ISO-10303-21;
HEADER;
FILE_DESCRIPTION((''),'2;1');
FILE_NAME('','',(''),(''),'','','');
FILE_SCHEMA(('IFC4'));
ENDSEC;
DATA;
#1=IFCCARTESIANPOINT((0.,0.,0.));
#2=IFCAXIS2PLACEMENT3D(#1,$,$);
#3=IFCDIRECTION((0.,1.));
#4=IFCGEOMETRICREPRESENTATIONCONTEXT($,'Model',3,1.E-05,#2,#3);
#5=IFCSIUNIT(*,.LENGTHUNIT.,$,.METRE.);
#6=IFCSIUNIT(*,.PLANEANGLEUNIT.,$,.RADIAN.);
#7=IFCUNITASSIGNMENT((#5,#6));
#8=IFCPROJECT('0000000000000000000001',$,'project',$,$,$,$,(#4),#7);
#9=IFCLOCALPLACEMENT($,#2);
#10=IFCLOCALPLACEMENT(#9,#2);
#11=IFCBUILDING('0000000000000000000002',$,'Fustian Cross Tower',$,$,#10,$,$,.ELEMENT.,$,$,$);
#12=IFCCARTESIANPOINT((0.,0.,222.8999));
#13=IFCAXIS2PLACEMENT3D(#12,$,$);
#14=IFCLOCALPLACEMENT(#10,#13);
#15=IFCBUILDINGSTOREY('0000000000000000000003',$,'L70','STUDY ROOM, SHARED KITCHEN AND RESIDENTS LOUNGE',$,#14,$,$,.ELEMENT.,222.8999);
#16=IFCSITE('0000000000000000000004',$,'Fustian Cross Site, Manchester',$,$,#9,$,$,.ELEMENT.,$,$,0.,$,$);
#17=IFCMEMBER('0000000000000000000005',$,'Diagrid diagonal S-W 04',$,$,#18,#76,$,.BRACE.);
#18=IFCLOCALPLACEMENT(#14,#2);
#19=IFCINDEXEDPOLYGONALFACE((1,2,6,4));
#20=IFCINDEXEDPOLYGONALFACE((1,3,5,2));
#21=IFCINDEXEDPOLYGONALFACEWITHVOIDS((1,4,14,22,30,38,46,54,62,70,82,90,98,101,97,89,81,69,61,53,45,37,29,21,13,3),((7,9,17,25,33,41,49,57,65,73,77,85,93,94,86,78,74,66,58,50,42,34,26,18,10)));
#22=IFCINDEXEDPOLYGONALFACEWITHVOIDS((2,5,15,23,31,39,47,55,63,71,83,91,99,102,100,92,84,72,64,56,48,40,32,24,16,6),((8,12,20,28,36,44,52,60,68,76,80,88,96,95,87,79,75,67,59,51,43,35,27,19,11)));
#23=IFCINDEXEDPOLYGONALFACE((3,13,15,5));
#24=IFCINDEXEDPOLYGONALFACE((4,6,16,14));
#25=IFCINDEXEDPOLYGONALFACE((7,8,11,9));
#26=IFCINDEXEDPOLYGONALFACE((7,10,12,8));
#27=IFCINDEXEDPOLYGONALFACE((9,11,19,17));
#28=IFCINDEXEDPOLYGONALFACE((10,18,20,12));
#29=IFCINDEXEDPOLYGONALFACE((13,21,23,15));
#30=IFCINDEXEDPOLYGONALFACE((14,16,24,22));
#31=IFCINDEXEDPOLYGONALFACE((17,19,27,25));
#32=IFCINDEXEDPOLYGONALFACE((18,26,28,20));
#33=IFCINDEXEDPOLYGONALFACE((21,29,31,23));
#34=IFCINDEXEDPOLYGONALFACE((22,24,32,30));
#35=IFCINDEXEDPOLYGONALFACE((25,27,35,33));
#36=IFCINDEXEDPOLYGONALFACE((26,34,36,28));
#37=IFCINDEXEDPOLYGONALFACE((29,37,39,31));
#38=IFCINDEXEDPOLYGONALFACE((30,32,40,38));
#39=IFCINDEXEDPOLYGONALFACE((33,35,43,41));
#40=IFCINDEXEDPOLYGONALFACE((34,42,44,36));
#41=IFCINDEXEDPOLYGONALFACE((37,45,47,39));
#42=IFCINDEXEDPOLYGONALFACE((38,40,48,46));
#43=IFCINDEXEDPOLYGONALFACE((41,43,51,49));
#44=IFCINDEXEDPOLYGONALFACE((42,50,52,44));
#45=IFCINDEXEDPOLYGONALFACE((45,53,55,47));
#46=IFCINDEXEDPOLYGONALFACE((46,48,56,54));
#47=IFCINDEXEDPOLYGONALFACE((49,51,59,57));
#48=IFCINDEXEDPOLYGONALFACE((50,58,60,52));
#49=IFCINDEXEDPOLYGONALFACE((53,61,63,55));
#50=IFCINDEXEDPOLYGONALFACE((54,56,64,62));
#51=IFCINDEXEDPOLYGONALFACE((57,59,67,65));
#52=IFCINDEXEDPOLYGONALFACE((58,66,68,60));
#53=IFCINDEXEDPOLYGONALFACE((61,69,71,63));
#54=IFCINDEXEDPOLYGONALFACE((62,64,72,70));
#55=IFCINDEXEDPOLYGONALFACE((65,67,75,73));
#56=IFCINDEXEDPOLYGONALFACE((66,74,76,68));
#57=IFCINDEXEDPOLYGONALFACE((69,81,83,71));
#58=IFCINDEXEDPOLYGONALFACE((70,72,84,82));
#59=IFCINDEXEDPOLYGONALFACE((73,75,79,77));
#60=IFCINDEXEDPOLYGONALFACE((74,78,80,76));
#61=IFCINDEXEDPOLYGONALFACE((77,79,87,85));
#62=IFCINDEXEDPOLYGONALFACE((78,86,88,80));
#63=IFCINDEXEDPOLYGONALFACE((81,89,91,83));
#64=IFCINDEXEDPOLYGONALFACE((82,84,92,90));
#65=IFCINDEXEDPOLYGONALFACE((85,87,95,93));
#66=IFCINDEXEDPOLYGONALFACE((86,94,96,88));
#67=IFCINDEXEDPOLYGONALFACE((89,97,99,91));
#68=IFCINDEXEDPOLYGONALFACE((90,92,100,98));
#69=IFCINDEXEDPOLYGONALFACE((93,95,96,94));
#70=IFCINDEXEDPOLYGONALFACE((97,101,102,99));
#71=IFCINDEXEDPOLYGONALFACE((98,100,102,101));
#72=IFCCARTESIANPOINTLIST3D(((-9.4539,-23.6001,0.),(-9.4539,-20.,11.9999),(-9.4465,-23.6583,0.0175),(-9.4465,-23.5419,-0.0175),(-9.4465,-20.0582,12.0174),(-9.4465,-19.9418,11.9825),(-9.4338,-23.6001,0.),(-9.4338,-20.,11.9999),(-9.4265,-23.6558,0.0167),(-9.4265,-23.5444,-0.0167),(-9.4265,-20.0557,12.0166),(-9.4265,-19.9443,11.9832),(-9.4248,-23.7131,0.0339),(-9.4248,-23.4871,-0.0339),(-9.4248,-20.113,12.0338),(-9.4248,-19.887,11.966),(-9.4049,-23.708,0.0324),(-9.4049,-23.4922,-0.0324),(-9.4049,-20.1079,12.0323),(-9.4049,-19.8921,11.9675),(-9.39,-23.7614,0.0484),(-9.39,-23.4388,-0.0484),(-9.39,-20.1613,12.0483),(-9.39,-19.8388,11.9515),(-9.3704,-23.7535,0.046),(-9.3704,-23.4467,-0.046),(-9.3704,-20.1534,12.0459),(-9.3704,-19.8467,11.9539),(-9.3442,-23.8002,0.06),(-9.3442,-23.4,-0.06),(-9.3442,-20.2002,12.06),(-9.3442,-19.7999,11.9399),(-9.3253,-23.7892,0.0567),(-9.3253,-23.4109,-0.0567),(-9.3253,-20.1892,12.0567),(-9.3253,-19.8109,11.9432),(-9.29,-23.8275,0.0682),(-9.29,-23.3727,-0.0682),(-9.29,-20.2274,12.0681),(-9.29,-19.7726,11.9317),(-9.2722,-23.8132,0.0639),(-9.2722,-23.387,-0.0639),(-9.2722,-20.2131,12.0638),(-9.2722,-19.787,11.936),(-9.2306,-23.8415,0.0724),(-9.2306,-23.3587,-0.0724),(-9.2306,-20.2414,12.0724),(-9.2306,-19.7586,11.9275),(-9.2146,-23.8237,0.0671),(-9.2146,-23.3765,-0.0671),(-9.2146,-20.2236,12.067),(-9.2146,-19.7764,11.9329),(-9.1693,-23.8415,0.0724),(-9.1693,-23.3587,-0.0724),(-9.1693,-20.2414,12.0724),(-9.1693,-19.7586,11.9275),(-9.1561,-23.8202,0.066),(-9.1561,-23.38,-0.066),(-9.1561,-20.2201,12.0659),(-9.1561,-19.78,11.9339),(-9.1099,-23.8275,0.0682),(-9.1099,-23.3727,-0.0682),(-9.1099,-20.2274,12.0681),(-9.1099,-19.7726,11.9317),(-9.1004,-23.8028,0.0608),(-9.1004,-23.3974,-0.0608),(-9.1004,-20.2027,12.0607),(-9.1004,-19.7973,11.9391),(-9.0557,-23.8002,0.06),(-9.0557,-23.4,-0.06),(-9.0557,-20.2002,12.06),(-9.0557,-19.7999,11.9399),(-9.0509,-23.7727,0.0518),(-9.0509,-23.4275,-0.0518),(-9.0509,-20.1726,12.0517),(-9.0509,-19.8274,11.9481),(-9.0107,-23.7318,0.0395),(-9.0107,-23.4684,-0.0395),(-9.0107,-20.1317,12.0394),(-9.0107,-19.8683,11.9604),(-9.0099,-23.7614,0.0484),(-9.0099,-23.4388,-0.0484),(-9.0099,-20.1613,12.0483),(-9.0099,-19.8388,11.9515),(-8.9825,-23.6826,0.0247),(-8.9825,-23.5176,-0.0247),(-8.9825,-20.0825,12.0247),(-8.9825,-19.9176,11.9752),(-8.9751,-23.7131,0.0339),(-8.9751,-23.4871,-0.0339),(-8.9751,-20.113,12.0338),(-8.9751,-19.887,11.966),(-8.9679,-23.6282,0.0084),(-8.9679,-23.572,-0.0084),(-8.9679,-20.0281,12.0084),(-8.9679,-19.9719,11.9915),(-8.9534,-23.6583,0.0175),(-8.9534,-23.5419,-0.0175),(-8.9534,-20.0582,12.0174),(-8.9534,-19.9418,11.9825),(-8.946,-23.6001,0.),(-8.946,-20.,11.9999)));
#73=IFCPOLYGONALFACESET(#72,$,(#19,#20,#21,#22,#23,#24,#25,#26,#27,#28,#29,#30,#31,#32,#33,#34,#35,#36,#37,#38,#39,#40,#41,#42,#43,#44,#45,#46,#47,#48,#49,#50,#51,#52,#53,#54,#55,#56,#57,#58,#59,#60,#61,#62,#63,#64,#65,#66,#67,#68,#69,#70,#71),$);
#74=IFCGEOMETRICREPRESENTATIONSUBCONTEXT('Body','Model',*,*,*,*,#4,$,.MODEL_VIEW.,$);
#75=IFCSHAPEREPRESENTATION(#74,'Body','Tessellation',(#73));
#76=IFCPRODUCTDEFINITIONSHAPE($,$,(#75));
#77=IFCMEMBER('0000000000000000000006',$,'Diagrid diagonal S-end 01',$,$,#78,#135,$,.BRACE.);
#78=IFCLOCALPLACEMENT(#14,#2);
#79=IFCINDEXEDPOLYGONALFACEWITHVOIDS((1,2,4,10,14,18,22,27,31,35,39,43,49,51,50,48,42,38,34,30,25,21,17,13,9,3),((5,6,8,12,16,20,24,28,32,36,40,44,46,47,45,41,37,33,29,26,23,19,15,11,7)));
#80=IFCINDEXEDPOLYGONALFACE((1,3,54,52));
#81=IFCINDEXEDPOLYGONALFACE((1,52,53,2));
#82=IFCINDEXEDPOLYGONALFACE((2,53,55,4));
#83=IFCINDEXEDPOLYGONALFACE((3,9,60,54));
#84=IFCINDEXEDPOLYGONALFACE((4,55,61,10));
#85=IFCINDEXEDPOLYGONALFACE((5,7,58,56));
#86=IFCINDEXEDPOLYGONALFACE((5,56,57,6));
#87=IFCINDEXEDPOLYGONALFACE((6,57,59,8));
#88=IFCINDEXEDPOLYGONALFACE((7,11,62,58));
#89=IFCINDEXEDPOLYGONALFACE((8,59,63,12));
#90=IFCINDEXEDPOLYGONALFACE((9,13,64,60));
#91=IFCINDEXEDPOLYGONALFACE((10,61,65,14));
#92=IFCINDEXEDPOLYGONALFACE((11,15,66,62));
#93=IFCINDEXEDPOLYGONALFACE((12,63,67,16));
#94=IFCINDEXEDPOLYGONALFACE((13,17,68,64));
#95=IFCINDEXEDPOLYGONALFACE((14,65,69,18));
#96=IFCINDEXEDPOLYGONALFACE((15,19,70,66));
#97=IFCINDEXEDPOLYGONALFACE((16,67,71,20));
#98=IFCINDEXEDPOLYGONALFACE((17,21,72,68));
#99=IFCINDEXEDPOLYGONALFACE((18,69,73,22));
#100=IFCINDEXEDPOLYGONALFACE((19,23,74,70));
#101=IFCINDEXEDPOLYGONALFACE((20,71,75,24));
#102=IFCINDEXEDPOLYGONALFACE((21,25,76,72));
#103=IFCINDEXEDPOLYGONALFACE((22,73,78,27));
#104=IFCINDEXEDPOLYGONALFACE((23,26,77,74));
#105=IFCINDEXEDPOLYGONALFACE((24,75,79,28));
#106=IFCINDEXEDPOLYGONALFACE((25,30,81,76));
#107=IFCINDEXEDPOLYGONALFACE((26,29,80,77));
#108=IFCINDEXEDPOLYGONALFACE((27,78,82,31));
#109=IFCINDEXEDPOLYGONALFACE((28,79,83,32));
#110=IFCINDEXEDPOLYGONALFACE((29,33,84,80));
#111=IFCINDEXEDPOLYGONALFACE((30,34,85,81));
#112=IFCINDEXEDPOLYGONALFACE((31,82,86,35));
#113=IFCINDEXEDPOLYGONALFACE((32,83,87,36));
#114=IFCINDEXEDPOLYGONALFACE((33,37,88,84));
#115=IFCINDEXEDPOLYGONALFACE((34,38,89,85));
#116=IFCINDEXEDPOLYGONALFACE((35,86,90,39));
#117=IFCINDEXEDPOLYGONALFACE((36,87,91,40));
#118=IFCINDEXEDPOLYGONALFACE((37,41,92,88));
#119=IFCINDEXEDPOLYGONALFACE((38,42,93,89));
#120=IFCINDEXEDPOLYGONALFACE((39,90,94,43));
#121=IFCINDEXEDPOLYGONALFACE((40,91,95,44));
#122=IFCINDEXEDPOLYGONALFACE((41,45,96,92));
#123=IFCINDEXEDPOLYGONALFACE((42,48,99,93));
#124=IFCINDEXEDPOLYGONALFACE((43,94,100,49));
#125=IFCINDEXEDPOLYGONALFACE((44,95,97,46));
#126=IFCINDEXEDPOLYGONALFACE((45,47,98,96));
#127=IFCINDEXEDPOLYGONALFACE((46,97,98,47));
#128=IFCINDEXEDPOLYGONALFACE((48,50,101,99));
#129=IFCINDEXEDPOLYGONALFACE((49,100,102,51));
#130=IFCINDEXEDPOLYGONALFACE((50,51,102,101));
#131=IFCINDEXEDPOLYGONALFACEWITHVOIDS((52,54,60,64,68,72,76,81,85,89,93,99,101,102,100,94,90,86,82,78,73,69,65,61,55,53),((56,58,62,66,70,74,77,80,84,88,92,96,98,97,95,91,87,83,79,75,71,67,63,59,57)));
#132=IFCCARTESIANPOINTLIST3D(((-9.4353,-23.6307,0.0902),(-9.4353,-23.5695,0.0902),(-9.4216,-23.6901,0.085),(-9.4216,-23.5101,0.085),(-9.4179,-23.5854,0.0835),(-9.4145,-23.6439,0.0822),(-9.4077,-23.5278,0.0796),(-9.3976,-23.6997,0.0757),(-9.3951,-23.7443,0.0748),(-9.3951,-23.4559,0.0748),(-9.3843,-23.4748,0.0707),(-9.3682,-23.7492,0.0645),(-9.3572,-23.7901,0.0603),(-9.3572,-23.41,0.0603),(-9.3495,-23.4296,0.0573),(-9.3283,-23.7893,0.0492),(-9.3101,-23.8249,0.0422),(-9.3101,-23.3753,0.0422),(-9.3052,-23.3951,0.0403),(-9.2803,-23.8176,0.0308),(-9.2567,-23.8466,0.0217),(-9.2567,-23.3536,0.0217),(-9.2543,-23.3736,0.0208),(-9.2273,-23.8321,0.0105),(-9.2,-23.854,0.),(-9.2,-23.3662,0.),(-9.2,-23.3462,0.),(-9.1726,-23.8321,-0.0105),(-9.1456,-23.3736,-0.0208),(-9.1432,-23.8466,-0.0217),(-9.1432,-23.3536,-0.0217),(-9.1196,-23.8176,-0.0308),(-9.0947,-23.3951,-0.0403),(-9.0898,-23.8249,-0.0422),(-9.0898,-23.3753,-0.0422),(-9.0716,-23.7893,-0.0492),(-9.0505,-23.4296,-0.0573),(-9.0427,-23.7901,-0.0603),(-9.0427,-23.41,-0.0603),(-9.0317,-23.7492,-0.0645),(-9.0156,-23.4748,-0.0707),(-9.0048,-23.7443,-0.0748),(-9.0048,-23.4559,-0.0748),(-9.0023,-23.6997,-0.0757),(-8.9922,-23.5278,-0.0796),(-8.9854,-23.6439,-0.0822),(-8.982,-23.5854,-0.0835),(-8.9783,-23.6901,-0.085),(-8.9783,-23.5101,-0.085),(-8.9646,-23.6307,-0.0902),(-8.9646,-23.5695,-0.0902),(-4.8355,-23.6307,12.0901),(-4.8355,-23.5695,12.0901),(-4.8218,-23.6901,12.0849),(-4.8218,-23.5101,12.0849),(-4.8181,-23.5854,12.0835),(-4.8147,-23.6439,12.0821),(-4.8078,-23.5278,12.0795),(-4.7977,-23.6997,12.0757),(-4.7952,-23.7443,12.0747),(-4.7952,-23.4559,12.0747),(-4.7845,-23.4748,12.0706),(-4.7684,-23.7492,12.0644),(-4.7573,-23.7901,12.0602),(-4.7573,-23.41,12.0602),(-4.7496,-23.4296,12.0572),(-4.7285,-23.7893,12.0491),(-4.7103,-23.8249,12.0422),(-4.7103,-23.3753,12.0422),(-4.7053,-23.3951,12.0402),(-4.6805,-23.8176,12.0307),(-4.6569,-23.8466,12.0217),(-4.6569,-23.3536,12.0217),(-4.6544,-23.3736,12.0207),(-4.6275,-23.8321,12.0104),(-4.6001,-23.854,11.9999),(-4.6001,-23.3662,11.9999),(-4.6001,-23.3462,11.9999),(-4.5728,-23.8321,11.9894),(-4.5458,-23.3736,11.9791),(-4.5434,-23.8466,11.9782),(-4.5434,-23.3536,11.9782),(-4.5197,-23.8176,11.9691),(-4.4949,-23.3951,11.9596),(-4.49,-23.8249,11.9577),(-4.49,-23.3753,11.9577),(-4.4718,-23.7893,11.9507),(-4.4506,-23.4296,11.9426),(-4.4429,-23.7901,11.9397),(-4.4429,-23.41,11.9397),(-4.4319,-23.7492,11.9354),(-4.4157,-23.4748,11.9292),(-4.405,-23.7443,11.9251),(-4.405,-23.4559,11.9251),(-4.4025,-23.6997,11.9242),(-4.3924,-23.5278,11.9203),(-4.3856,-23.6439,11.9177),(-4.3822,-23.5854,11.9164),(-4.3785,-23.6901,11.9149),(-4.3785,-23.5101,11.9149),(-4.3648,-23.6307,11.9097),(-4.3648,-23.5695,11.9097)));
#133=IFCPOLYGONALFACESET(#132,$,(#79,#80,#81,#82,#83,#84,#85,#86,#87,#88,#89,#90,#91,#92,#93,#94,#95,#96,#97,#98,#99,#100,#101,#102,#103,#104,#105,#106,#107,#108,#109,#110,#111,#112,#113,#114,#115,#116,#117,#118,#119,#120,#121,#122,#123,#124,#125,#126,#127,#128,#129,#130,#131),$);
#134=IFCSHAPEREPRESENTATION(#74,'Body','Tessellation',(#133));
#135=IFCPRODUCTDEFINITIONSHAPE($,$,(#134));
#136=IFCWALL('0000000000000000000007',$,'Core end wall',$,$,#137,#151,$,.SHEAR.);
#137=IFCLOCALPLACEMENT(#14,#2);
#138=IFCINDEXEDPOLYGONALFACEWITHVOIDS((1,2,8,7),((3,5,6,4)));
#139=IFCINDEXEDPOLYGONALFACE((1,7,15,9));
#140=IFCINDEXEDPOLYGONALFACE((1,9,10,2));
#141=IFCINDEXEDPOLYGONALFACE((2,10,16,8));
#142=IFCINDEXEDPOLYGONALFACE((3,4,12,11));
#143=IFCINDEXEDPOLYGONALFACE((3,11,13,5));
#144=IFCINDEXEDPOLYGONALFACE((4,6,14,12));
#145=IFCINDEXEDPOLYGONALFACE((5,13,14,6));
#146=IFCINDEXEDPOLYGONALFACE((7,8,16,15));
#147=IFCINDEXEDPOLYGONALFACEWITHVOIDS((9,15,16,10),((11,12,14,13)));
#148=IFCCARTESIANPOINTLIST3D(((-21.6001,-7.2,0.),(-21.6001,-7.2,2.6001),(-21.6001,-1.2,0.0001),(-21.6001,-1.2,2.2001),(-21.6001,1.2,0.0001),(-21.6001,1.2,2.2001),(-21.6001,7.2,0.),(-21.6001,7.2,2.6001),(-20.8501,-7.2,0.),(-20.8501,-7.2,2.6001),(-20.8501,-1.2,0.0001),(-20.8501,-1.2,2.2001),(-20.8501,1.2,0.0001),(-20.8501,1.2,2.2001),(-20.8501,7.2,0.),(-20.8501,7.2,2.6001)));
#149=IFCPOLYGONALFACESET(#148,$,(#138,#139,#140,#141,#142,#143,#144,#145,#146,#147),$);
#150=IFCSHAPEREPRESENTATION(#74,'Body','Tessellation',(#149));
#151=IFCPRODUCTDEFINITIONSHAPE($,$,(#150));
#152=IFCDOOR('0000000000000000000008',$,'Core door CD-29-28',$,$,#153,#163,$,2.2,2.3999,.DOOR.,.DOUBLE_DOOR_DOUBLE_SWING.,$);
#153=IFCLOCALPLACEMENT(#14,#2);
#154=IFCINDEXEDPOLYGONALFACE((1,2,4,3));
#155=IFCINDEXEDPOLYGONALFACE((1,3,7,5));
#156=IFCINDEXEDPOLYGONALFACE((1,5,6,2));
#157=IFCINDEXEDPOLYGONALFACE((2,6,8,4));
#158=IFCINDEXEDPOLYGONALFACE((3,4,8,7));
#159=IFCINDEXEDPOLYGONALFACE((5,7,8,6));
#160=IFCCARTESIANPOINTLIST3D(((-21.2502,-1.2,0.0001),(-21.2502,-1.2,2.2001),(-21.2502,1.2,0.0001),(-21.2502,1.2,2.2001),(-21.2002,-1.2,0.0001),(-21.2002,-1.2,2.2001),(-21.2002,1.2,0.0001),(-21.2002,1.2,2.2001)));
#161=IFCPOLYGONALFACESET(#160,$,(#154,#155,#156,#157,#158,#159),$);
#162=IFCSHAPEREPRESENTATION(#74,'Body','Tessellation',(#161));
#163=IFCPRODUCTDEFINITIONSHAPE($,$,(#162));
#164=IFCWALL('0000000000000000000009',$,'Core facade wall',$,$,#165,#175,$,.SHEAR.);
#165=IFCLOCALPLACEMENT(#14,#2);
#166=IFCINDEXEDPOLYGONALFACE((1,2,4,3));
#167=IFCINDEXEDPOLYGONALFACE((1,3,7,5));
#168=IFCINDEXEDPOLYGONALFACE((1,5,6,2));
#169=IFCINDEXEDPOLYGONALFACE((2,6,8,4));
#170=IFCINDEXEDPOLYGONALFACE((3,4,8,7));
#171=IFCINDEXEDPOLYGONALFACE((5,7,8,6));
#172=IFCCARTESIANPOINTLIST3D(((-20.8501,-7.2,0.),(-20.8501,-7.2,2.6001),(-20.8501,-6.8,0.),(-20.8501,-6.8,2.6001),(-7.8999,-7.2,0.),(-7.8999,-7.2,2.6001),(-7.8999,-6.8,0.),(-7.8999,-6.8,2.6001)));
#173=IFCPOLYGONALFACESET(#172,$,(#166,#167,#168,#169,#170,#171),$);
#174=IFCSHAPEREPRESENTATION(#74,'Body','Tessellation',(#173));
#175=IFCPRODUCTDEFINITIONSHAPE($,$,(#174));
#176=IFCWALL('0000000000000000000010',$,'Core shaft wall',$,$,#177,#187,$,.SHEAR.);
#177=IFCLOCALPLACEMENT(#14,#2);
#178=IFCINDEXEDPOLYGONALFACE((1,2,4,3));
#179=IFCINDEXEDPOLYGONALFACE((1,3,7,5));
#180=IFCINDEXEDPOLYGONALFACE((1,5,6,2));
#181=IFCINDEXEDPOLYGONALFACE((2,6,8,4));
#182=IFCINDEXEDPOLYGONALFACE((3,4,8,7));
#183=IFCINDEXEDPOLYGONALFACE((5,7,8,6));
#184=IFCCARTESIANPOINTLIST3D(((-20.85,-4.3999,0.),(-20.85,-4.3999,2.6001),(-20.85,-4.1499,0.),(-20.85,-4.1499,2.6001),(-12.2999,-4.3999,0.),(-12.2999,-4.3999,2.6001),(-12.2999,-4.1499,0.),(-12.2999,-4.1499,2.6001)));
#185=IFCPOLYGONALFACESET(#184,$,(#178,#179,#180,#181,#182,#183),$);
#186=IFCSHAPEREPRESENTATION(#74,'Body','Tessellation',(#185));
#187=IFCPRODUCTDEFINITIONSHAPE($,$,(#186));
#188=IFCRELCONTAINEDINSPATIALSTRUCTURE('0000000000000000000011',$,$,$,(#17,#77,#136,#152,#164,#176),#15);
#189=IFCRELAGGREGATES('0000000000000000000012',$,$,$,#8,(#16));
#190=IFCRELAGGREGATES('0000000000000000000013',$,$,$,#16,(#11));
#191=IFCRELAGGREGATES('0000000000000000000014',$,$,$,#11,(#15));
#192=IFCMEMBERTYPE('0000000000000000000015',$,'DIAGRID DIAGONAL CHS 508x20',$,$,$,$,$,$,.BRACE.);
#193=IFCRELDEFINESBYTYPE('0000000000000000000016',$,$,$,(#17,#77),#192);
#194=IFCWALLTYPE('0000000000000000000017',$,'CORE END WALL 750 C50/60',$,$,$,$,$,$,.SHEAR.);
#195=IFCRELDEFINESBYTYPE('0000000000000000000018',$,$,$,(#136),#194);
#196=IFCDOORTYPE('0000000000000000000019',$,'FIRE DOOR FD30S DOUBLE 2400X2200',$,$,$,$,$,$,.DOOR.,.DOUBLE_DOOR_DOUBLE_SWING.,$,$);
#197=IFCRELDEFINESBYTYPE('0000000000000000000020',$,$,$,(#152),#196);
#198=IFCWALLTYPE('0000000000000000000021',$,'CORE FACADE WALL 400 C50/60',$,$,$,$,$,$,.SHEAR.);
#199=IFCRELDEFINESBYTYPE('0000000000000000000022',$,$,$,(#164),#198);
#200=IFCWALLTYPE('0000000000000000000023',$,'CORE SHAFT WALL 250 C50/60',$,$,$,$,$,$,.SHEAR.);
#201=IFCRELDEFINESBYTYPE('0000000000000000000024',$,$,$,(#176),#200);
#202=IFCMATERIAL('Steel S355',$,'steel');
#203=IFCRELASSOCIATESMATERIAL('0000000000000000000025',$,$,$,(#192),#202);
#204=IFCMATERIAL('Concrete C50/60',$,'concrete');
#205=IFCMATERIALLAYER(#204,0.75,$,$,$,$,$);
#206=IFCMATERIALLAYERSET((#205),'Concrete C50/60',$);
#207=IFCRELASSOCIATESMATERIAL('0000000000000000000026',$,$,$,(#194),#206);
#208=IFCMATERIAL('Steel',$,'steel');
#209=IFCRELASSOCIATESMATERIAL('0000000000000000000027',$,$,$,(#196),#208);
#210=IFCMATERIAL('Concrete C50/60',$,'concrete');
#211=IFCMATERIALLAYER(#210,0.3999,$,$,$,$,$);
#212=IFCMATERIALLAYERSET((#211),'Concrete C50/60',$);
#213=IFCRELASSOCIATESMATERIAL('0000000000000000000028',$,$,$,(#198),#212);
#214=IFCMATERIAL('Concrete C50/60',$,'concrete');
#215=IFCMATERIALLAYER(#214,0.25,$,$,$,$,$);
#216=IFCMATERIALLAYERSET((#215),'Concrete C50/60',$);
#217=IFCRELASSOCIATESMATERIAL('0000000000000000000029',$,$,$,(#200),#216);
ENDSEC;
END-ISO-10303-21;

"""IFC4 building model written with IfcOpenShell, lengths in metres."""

from ifc_helpers import new_model, si_unit, direction, frame, frame_2d, origin, origin_2d, place, context, subcontext, project, spatial, rectangle, hollow_circle, extrude, material, layer, layer_set, material_profile, profile_set, type_object, element, fill, save


model = new_model("IFC4")

# Units and contexts
model_context = context("Model", 3, precision=1e-05, world=origin(), true_north=direction((0.0, 1.0)))
body_context = subcontext(model_context, "Body", "Model", "MODEL_VIEW")
ifc_project = project(units=[si_unit("LENGTHUNIT", "METRE"), si_unit("PLANEANGLEUNIT", "RADIAN")], contexts=[model_context])

# Site, building, storey
site_placement = place(None, origin())
site = spatial("IfcSite", under=ifc_project, at=site_placement, Name="Fustian Cross Site, Manchester", CompositionType="ELEMENT", RefElevation=0.0)
building_placement = place(site_placement, origin())
building = spatial("IfcBuilding", under=site, at=building_placement, Name="Fustian Cross Tower", CompositionType="ELEMENT")
storey_placement = place(building_placement, frame((0.0, 0.0, 222.8999)))
storey = spatial("IfcBuildingStorey", under=building, at=storey_placement, Name="L70", Description="STUDY ROOM, SHARED KITCHEN AND RESIDENTS LOUNGE", CompositionType="ELEMENT", Elevation=222.8999)

# Members
ifc_material_1 = material(Name="Steel S355", Category="steel")
ifc_material_profile_1 = material_profile(ifc_material_1, hollow_circle(Radius=0.2539, WallThickness=0.02, at=origin_2d()), Name="CHS 508x20")
ifc_profile_set_1 = profile_set([ifc_material_profile_1], Name="Steel S355")
member_type_1 = type_object("IfcMemberType", Name="DIAGRID DIAGONAL CHS 508x20", PredefinedType="BRACE", material=ifc_profile_set_1)
for number, where, z_axis, x_axis, name in (
    (1, (-9.2, -23.6001, 0.0), (0.0, 0.287355, 0.957824), (-1.0, 0.0, 0.0), "Diagrid diagonal S-W 04"),
):
    element("IfcMember", number, at=place(storey_placement, frame(where, z_axis=z_axis, x_axis=x_axis)), inside=storey, type_object=member_type_1, Name=name, PredefinedType="BRACE", context=body_context, shape_type="SweptSolid", body=[
        extrude(hollow_circle(Radius=0.2539, WallThickness=0.02, at=origin_2d()), origin(), (0.0, 0.0, 1.0), 12.5283),
    ])
member_placement = place(storey_placement, frame((-9.2, -23.6001, 0.0), z_axis=(0.357926, 0.0, 0.93375), x_axis=(0.0, 1.0, 0.0)))
element("IfcMember", 2, at=member_placement, inside=storey, type_object=member_type_1, Name="Diagrid diagonal S-end 01", PredefinedType="BRACE", context=body_context, shape_type="SweptSolid", body=[
    extrude(hollow_circle(Radius=0.2539, WallThickness=0.02, at=origin_2d()), origin(), (0.0, 0.0, 1.0), 12.8513),
])

# Wall, opening, door
ifc_material_2 = material(Name="Concrete C50/60", Category="concrete")
ifc_layer_1 = layer(ifc_material_2, 0.75)
ifc_layer_set_1 = layer_set([ifc_layer_1], Name="Concrete C50/60")
wall_type_1 = type_object("IfcWallType", Name="CORE END WALL 750 C50/60", PredefinedType="SHEAR", material=ifc_layer_set_1)
wall_1_placement = place(storey_placement, frame((-21.2251, -7.2, 0.0), z_axis=(0.0, 0.0, 1.0), x_axis=(0.0, 1.0, 0.0)))
wall_1 = element("IfcWall", 3, at=wall_1_placement, inside=storey, type_object=wall_type_1, Name="Core end wall", PredefinedType="SHEAR", context=body_context, shape_type="SweptSolid", body=[
    extrude(rectangle(XDim=14.3999, YDim=0.75, at=frame_2d((7.2, 0.0))), origin(), (0.0, 0.0, 1.0), 2.6001),
])
opening_1_placement = place(wall_1_placement, frame((6.0, 0.0, 0.0)))
opening_1 = element("IfcOpeningElement", 4, at=opening_1_placement, cuts=wall_1, PredefinedType="OPENING", context=body_context, shape_type="SweptSolid", body=[
    extrude(rectangle(XDim=2.3999, YDim=2.2, at=frame_2d((1.2, 1.1001))), frame((0.0, 0.385, 0.0), z_axis=(0.0, -1.0, 0.0), x_axis=(1.0, 0.0, 0.0)), (0.0, 0.0, 1.0), 0.77),
])
ifc_material_3 = material(Name="Steel", Category="steel")
door_type_1 = type_object("IfcDoorType", Name="FIRE DOOR FD30S DOUBLE 2400X2200", OperationType="DOUBLE_DOOR_DOUBLE_SWING", PredefinedType="DOOR", material=ifc_material_3)
door_1_placement = place(opening_1_placement, frame((2.3999, 0.0, 0.0), z_axis=(0.0, 0.0, 1.0), x_axis=(-1.0, 0.0, 0.0)))
door_1 = element("IfcDoor", 5, at=door_1_placement, inside=storey, type_object=door_type_1, Name="Core door CD-29-28", OperationType="DOUBLE_DOOR_DOUBLE_SWING", OverallHeight=2.2, OverallWidth=2.3999, PredefinedType="DOOR", context=body_context, shape_type="SweptSolid", body=[
    extrude(rectangle(XDim=2.3999, YDim=2.2, at=frame_2d((1.2, 1.1001))), frame((0.0, 0.0249, 0.0), z_axis=(0.0, -1.0, 0.0), x_axis=(1.0, 0.0, 0.0)), (0.0, 0.0, 1.0), 0.05),
])
fill(opening_1, door_1)

# Walls
ifc_material_4 = material(Name="Concrete C50/60", Category="concrete")
ifc_layer_2 = layer(ifc_material_4, 0.3999)
ifc_layer_set_2 = layer_set([ifc_layer_2], Name="Concrete C50/60")
wall_type_2 = type_object("IfcWallType", Name="CORE FACADE WALL 400 C50/60", PredefinedType="SHEAR", material=ifc_layer_set_2)
wall_2_placement = place(storey_placement, frame((-7.8999, -7.0, 0.0), z_axis=(0.0, 0.0, 1.0), x_axis=(-1.0, 0.0, 0.0)))
element("IfcWall", 6, at=wall_2_placement, inside=storey, type_object=wall_type_2, Name="Core facade wall", PredefinedType="SHEAR", context=body_context, shape_type="SweptSolid", body=[
    extrude(rectangle(XDim=12.9502, YDim=0.3999, at=frame_2d((6.4751, 0.0))), origin(), (0.0, 0.0, 1.0), 2.6001),
])
ifc_material_5 = material(Name="Concrete C50/60", Category="concrete")
ifc_layer_3 = layer(ifc_material_5, 0.25)
ifc_layer_set_3 = layer_set([ifc_layer_3], Name="Concrete C50/60")
wall_type_3 = type_object("IfcWallType", Name="CORE SHAFT WALL 250 C50/60", PredefinedType="SHEAR", material=ifc_layer_set_3)
wall_3_placement = place(storey_placement, frame((-12.3, -4.2749, 0.0), z_axis=(0.0, 0.0, 1.0), x_axis=(-1.0, 0.0, 0.0)))
element("IfcWall", 7, at=wall_3_placement, inside=storey, type_object=wall_type_3, Name="Core shaft wall", PredefinedType="SHEAR", context=body_context, shape_type="SweptSolid", body=[
    extrude(rectangle(XDim=8.55, YDim=0.25, at=frame_2d((4.2749, 0.0))), origin(), (0.0, 0.0, 1.0), 2.6001),
])

save(model, "model.ifc")
